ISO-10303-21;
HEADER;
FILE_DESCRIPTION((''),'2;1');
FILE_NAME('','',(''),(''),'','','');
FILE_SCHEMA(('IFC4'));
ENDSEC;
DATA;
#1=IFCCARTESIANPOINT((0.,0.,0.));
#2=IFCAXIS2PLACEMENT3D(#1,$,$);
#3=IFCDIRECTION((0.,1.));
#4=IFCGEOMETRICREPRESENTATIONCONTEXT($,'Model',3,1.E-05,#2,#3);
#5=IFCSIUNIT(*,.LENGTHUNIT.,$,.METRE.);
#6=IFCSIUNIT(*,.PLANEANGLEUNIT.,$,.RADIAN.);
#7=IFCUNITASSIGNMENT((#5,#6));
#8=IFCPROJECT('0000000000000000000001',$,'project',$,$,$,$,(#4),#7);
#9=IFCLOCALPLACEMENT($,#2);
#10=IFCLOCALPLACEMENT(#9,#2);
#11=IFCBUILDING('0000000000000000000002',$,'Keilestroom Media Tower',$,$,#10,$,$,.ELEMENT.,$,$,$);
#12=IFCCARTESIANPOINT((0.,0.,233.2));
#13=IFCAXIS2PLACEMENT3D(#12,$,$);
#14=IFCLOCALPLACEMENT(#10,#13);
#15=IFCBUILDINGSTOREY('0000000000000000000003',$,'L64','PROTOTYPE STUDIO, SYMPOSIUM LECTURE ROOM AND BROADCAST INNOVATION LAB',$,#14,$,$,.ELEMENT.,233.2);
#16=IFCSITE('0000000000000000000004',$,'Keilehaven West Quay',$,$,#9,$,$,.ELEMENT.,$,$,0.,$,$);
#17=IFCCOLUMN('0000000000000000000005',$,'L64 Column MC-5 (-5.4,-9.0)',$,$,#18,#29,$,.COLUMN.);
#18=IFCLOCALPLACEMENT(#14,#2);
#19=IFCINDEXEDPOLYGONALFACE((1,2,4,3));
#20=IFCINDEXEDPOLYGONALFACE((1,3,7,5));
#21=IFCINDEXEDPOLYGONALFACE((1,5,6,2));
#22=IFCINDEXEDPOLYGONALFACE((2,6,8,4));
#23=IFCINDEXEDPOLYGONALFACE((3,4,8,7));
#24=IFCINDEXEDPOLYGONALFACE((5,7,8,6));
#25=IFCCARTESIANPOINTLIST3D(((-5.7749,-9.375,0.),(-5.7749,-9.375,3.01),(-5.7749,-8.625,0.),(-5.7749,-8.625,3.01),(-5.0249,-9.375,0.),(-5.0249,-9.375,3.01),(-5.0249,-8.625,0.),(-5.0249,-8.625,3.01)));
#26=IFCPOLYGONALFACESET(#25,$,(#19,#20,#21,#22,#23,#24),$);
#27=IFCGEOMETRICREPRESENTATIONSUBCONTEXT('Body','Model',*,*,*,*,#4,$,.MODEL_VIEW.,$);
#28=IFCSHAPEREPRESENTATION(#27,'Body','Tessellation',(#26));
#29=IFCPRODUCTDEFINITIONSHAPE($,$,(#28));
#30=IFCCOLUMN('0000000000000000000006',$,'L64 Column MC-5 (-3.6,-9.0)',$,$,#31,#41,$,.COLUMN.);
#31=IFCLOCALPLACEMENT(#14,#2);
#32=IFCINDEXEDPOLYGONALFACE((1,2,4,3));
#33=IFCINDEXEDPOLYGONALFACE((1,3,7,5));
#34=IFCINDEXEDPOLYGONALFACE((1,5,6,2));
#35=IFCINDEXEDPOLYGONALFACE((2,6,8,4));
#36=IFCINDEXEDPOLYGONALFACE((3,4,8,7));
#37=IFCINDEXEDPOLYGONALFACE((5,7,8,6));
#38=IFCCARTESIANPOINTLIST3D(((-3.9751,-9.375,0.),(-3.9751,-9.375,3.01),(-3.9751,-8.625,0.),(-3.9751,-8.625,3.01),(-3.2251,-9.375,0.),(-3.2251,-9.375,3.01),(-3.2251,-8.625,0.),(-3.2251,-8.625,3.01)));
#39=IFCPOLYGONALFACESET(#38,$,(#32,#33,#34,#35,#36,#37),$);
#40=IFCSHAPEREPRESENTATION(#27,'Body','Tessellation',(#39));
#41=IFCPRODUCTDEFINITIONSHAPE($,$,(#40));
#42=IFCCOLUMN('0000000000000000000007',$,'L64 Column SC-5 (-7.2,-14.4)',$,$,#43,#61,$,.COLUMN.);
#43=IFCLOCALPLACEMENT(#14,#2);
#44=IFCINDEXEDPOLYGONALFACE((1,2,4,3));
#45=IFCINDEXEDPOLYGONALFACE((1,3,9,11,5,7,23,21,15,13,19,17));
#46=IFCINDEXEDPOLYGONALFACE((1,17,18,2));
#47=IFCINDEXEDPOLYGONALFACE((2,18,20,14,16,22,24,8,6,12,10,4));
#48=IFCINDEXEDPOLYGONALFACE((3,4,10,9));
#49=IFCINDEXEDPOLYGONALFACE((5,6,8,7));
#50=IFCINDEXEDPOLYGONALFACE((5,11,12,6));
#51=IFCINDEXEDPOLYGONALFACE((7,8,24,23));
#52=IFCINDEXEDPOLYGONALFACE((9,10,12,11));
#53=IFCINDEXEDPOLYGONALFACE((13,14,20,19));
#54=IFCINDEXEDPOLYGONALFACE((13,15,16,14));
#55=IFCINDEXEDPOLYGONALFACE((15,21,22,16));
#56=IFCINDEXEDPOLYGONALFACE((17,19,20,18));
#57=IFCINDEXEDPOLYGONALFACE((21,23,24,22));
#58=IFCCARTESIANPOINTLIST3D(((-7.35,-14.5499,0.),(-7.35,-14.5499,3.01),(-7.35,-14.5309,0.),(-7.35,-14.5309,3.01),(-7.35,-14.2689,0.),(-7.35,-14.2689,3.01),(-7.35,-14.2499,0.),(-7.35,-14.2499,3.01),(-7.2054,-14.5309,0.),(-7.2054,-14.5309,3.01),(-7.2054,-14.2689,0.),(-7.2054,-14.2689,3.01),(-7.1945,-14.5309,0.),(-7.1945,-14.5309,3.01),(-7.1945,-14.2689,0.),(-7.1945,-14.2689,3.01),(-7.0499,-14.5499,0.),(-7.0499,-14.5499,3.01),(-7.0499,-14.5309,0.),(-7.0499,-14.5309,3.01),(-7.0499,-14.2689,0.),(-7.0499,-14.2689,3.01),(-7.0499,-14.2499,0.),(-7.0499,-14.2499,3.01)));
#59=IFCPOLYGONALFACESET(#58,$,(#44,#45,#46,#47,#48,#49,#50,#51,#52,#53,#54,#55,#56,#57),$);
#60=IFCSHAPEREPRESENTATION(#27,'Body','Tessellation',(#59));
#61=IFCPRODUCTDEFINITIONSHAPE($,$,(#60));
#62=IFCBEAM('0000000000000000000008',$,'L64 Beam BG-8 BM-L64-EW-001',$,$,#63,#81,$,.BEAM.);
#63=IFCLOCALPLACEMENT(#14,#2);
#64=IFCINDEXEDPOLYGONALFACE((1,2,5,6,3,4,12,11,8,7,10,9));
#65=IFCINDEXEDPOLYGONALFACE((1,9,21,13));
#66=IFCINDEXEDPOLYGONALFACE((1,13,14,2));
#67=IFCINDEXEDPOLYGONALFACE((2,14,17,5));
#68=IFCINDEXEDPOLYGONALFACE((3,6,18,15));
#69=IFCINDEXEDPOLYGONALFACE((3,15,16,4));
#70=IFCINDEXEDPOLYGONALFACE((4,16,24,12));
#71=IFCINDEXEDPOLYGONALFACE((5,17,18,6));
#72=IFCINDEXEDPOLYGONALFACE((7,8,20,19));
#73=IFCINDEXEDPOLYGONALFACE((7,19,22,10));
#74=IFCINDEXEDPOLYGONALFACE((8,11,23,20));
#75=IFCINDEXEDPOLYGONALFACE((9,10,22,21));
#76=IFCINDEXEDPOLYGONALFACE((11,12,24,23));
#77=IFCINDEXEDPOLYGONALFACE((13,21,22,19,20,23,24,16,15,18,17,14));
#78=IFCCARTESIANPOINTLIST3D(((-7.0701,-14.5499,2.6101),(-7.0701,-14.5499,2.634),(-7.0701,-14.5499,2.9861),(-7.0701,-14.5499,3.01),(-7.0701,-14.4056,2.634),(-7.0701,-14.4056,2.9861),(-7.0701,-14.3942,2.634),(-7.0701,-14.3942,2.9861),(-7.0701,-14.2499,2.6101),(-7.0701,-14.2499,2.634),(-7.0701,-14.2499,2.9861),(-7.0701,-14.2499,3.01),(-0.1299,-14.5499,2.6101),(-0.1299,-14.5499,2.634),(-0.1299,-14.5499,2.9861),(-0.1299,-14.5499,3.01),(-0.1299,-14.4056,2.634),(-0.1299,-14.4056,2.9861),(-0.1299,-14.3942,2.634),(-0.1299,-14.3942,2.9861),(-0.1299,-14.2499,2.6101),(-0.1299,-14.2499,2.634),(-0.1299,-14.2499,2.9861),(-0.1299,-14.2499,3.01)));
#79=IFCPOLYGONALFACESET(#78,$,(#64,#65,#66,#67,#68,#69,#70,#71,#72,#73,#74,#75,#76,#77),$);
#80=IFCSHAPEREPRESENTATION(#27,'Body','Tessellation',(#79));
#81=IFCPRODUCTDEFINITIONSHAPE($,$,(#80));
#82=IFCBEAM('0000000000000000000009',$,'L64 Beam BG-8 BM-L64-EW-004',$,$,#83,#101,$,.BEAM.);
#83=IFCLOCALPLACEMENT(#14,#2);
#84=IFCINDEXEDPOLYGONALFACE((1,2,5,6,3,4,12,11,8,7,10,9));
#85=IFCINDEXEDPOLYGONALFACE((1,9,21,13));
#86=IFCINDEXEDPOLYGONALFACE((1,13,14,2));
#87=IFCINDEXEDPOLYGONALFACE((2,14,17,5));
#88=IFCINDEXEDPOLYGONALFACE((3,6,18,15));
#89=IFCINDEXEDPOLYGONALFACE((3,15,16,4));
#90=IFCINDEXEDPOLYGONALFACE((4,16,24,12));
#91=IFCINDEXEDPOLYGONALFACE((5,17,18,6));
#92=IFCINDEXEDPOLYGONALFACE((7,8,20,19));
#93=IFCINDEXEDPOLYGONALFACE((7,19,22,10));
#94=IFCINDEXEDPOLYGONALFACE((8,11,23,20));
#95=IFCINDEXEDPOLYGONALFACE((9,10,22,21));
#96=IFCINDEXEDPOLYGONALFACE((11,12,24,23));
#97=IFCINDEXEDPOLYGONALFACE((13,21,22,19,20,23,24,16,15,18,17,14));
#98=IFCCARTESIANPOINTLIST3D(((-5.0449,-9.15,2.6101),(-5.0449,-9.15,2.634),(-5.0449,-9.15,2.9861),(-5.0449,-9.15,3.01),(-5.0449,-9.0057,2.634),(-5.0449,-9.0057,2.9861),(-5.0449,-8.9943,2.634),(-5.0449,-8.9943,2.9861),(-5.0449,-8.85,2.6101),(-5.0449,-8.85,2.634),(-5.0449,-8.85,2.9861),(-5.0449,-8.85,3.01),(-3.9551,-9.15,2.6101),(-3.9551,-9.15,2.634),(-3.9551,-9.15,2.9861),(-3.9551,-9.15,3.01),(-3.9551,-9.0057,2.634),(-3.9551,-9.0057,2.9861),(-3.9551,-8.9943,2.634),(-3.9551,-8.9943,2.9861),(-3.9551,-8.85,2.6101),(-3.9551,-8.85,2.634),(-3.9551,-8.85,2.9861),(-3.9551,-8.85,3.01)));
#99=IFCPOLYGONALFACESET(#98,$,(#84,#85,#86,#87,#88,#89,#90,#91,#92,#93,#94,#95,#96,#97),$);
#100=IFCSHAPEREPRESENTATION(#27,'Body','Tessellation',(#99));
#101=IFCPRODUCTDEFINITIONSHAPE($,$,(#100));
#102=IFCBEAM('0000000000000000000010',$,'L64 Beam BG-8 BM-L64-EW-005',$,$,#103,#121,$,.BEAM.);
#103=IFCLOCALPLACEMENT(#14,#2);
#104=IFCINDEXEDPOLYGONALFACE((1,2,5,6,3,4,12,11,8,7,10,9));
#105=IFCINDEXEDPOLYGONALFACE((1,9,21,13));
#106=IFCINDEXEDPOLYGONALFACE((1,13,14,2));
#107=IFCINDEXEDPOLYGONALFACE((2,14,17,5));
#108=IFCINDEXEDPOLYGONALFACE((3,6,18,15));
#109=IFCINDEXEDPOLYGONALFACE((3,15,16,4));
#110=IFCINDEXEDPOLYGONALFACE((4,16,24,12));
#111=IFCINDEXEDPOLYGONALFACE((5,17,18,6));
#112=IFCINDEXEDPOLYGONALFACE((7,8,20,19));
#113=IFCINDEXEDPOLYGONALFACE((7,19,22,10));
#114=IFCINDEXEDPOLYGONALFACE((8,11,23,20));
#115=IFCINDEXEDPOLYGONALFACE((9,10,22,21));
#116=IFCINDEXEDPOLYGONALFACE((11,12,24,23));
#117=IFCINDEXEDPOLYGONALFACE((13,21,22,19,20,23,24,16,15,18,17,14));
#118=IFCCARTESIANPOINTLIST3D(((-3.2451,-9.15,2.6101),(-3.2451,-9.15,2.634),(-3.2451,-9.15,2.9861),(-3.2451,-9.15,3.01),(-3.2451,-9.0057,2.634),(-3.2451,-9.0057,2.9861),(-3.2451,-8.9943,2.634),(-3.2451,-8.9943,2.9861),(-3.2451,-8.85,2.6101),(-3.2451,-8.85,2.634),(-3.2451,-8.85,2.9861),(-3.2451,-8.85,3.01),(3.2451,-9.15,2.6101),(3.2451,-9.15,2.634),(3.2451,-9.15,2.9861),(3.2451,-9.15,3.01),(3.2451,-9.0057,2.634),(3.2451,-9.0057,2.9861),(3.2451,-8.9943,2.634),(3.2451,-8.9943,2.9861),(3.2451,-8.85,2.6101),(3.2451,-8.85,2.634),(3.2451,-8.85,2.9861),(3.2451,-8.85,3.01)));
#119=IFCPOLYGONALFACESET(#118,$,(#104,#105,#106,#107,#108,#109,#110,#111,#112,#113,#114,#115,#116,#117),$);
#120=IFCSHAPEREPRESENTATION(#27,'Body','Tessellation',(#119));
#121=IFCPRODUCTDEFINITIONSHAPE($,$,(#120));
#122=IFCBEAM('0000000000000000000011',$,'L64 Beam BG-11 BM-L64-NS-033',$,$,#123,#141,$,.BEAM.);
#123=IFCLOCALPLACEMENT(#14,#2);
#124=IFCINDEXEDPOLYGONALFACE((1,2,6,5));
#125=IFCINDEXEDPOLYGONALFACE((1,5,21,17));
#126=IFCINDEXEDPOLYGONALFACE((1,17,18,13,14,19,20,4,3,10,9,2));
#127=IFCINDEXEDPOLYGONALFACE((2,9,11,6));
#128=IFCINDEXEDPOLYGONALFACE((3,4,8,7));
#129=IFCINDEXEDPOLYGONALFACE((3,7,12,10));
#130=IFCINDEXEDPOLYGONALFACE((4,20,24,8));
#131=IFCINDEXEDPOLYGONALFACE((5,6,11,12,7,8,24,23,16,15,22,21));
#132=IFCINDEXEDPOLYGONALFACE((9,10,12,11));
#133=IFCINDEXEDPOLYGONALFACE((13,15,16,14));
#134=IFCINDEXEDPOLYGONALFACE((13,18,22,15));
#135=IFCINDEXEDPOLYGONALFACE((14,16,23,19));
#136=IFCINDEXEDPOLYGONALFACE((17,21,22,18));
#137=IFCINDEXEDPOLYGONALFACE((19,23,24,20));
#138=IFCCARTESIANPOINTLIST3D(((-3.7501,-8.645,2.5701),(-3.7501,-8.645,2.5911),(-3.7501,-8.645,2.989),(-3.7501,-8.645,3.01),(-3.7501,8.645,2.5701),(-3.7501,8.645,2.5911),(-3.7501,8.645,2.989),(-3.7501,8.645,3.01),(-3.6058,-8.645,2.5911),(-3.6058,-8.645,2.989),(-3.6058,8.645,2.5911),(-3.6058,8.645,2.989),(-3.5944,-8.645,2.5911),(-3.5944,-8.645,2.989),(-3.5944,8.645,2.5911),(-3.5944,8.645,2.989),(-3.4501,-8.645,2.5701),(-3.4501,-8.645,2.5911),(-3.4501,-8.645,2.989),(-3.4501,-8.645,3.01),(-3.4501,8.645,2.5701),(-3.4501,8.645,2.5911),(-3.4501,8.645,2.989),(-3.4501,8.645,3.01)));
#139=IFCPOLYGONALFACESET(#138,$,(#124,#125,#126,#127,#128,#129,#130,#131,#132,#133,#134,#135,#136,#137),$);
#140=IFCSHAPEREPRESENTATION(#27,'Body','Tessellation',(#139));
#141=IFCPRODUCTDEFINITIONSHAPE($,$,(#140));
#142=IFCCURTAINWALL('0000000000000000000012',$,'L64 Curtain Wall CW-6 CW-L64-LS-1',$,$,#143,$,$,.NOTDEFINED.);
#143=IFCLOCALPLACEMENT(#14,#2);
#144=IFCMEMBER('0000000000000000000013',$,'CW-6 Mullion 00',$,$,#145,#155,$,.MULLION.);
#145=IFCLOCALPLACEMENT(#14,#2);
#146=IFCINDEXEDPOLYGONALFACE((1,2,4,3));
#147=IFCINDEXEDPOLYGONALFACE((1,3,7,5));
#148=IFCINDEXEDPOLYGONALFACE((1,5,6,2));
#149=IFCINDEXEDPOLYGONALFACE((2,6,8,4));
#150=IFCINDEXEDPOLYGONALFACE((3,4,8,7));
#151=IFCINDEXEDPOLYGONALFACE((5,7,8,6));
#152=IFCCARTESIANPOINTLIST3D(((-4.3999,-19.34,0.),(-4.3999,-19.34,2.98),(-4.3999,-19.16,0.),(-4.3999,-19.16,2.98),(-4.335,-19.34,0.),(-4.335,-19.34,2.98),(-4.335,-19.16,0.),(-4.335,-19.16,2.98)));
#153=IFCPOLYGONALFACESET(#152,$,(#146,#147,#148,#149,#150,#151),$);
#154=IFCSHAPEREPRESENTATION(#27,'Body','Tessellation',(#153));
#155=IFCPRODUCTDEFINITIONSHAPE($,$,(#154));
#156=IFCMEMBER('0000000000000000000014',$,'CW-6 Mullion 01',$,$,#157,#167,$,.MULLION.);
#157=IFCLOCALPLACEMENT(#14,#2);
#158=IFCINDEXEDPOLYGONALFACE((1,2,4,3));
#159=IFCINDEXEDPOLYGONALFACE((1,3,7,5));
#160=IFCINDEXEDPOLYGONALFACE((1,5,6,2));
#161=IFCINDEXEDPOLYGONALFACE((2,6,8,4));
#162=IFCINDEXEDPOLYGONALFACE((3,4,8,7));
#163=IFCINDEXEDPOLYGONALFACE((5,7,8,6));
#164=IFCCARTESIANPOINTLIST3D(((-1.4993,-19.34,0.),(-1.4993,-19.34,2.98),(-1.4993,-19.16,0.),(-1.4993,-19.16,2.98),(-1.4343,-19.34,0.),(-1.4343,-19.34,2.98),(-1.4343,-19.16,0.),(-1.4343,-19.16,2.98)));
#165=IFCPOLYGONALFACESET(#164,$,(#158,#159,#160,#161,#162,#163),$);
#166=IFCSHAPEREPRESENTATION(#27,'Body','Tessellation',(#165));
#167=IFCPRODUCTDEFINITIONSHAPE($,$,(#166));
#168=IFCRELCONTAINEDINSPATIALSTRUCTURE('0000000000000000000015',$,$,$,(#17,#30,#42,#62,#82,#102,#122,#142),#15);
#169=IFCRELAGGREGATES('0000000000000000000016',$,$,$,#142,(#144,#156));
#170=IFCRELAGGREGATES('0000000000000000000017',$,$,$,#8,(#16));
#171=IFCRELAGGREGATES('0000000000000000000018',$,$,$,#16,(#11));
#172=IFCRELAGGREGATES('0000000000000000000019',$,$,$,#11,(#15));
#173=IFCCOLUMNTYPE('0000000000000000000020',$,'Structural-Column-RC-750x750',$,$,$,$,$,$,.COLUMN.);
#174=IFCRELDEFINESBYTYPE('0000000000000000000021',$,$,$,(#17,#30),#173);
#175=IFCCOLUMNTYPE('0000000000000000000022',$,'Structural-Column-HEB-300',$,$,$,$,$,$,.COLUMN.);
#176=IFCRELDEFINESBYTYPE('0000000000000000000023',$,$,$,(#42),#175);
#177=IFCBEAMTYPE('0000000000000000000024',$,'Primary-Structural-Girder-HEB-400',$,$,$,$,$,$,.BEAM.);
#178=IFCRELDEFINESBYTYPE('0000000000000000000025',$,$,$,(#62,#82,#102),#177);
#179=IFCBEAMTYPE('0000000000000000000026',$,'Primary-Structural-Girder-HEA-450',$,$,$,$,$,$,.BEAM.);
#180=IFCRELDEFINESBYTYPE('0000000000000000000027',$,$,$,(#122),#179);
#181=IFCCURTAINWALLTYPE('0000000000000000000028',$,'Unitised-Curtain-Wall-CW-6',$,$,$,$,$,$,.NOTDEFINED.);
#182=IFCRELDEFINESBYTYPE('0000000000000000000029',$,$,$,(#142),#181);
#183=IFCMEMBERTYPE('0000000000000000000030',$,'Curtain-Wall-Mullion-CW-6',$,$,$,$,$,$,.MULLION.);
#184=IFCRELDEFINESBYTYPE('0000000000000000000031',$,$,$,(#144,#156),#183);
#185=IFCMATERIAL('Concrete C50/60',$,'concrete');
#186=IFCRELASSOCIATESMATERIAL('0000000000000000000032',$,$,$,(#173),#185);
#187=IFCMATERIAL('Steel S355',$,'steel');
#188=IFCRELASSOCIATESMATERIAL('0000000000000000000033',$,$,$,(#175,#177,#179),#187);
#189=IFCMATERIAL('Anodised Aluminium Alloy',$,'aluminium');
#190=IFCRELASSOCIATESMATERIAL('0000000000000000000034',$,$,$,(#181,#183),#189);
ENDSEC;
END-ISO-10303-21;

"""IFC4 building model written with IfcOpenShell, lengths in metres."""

from ifc_helpers import new_model, si_unit, direction, frame, origin, origin_2d, place, context, subcontext, project, spatial, rectangle, i_section, extrude, source, transform, mapped, material, material_profile, profile_set, type_object, element, aggregate, save


model = new_model("IFC4")

# Units and contexts
model_context = context("Model", 3, precision=1e-05, world=origin(), true_north=direction((0.0, 1.0)))
body_context = subcontext(model_context, "Body", "Model", "MODEL_VIEW")
ifc_project = project(units=[si_unit("LENGTHUNIT", "METRE"), si_unit("PLANEANGLEUNIT", "RADIAN")], contexts=[model_context])

# Site, building, storey
site_placement = place(None, origin())
site = spatial("IfcSite", under=ifc_project, at=site_placement, Name="Keilehaven West Quay", CompositionType="ELEMENT", RefElevation=0.0)
building_placement = place(site_placement, origin())
building = spatial("IfcBuilding", under=site, at=building_placement, Name="Keilestroom Media Tower", CompositionType="ELEMENT")
storey_placement = place(building_placement, frame((0.0, 0.0, 233.2)))
storey = spatial("IfcBuildingStorey", under=building, at=storey_placement, Name="L64", Description="PROTOTYPE STUDIO, SYMPOSIUM LECTURE ROOM AND BROADCAST INNOVATION LAB", CompositionType="ELEMENT", Elevation=233.2)

# Columns
ifc_material_1 = material(Name="Concrete C50/60", Category="concrete")
ifc_material_profile_1 = material_profile(ifc_material_1, rectangle(XDim=0.75, YDim=0.75, at=origin_2d()), Name="RC 750x750")
ifc_profile_set_1 = profile_set([ifc_material_profile_1], Name="Concrete C50/60")
column_type_1 = type_object("IfcColumnType", Name="Structural-Column-RC-750x750", PredefinedType="COLUMN", material=ifc_profile_set_1)
shared_shape_1 = source(origin(), body_context, "Body", "SweptSolid", [
    extrude(rectangle(XDim=0.75, YDim=0.75, at=origin_2d()), origin(), (0.0, 0.0, 1.0), 3.01),
])
for number, where, z_axis, x_axis, name in (
    (1, (-5.3999, -9.0, 0.0), (0.0, 0.0, 1.0), (1.0, 0.0, 0.0), "L64 Column MC-5 (-5.4,-9.0)"),
    (2, (-3.6001, -9.0, 0.0), (0.0, 0.0, 1.0), (1.0, 0.0, 0.0), "L64 Column MC-5 (-3.6,-9.0)"),
):
    element("IfcColumn", number, at=place(storey_placement, frame(where, z_axis=z_axis, x_axis=x_axis)), inside=storey, type_object=column_type_1, Name=name, PredefinedType="COLUMN", context=body_context, shape_type="MappedRepresentation", body=[
        mapped(shared_shape_1, transform((0.0, 0.0, 0.0), x_axis=(1.0, 0.0, 0.0), y_axis=(0.0, 1.0, 0.0), z_axis=(0.0, 0.0, 1.0), scale=1.0)),
    ])
ifc_material_2 = material(Name="Steel S355", Category="steel")
ifc_material_profile_2 = material_profile(ifc_material_2, i_section(OverallWidth=0.3, OverallDepth=0.3, WebThickness=0.011, FlangeThickness=0.019, at=origin_2d()), Name="HEB 300")
ifc_profile_set_2 = profile_set([ifc_material_profile_2], Name="Steel S355")
column_type_2 = type_object("IfcColumnType", Name="Structural-Column-HEB-300", PredefinedType="COLUMN", material=ifc_profile_set_2)
shared_shape_2 = source(origin(), body_context, "Body", "SweptSolid", [
    extrude(i_section(OverallWidth=0.3, OverallDepth=0.3, WebThickness=0.011, FlangeThickness=0.019, at=origin_2d()), origin(), (0.0, 0.0, 1.0), 3.01),
])
column_placement = place(storey_placement, frame((-7.2, -14.3999, 0.0), z_axis=(0.0, 0.0, 1.0), x_axis=(1.0, 0.0, 0.0)))
element("IfcColumn", 3, at=column_placement, inside=storey, type_object=column_type_2, Name="L64 Column SC-5 (-7.2,-14.4)", PredefinedType="COLUMN", context=body_context, shape_type="MappedRepresentation", body=[
    mapped(shared_shape_2, transform((0.0, 0.0, 0.0), x_axis=(1.0, 0.0, 0.0), y_axis=(0.0, 1.0, 0.0), z_axis=(0.0, 0.0, 1.0), scale=1.0)),
])

# Beams
ifc_material_profile_3 = material_profile(ifc_material_2, i_section(OverallWidth=0.3, OverallDepth=0.3999, WebThickness=0.0115, FlangeThickness=0.0239, at=origin_2d()), Name="HEB 400")
ifc_profile_set_3 = profile_set([ifc_material_profile_3], Name="Steel S355")
beam_type_1 = type_object("IfcBeamType", Name="Primary-Structural-Girder-HEB-400", PredefinedType="BEAM", material=ifc_profile_set_3)
shared_shape_3 = source(origin(), body_context, "Body", "SweptSolid", [
    extrude(i_section(OverallWidth=0.3, OverallDepth=0.3999, WebThickness=0.0115, FlangeThickness=0.0239, at=origin_2d()), origin(), (0.0, 0.0, 1.0), 6.9402),
])
beam_1_placement = place(storey_placement, frame((-7.0701, -14.3999, 2.8101), z_axis=(1.0, 0.0, 0.0), x_axis=(0.0, 1.0, 0.0)))
element("IfcBeam", 4, at=beam_1_placement, inside=storey, type_object=beam_type_1, Name="L64 Beam BG-8 BM-L64-EW-001", PredefinedType="BEAM", context=body_context, shape_type="MappedRepresentation", body=[
    mapped(shared_shape_3, transform((0.0, 0.0, 0.0), x_axis=(1.0, 0.0, 0.0), y_axis=(0.0, 1.0, 0.0), z_axis=(0.0, 0.0, 1.0), scale=1.0)),
])
shared_shape_4 = source(origin(), body_context, "Body", "SweptSolid", [
    extrude(i_section(OverallWidth=0.3, OverallDepth=0.3999, WebThickness=0.0115, FlangeThickness=0.0239, at=origin_2d()), origin(), (0.0, 0.0, 1.0), 1.0898),
])
beam_2_placement = place(storey_placement, frame((-5.0449, -9.0, 2.8101), z_axis=(1.0, 0.0, 0.0), x_axis=(0.0, 1.0, 0.0)))
element("IfcBeam", 5, at=beam_2_placement, inside=storey, type_object=beam_type_1, Name="L64 Beam BG-8 BM-L64-EW-004", PredefinedType="BEAM", context=body_context, shape_type="MappedRepresentation", body=[
    mapped(shared_shape_4, transform((0.0, 0.0, 0.0), x_axis=(1.0, 0.0, 0.0), y_axis=(0.0, 1.0, 0.0), z_axis=(0.0, 0.0, 1.0), scale=1.0)),
])
shared_shape_5 = source(origin(), body_context, "Body", "SweptSolid", [
    extrude(i_section(OverallWidth=0.3, OverallDepth=0.3999, WebThickness=0.0115, FlangeThickness=0.0239, at=origin_2d()), origin(), (0.0, 0.0, 1.0), 6.4902),
])
beam_3_placement = place(storey_placement, frame((-3.2451, -9.0, 2.8101), z_axis=(1.0, 0.0, 0.0), x_axis=(0.0, 1.0, 0.0)))
element("IfcBeam", 6, at=beam_3_placement, inside=storey, type_object=beam_type_1, Name="L64 Beam BG-8 BM-L64-EW-005", PredefinedType="BEAM", context=body_context, shape_type="MappedRepresentation", body=[
    mapped(shared_shape_5, transform((0.0, 0.0, 0.0), x_axis=(1.0, 0.0, 0.0), y_axis=(0.0, 1.0, 0.0), z_axis=(0.0, 0.0, 1.0), scale=1.0)),
])
ifc_material_profile_4 = material_profile(ifc_material_2, i_section(OverallWidth=0.3, OverallDepth=0.4399, WebThickness=0.0115, FlangeThickness=0.021, at=origin_2d()), Name="HEA 450")
ifc_profile_set_4 = profile_set([ifc_material_profile_4], Name="Steel S355")
beam_type_2 = type_object("IfcBeamType", Name="Primary-Structural-Girder-HEA-450", PredefinedType="BEAM", material=ifc_profile_set_4)
shared_shape_6 = source(origin(), body_context, "Body", "SweptSolid", [
    extrude(i_section(OverallWidth=0.3, OverallDepth=0.4399, WebThickness=0.0115, FlangeThickness=0.021, at=origin_2d()), origin(), (0.0, 0.0, 1.0), 17.29),
])
beam_4_placement = place(storey_placement, frame((-3.6001, -8.645, 2.79), z_axis=(0.0, 1.0, 0.0), x_axis=(-1.0, 0.0, 0.0)))
element("IfcBeam", 7, at=beam_4_placement, inside=storey, type_object=beam_type_2, Name="L64 Beam BG-11 BM-L64-NS-033", PredefinedType="BEAM", context=body_context, shape_type="MappedRepresentation", body=[
    mapped(shared_shape_6, transform((0.0, 0.0, 0.0), x_axis=(1.0, 0.0, 0.0), y_axis=(0.0, 1.0, 0.0), z_axis=(0.0, 0.0, 1.0), scale=1.0)),
])

# Curtain wall, members
ifc_material_3 = material(Name="Anodised Aluminium Alloy", Category="aluminium")
curtain_wall_type = type_object("IfcCurtainWallType", Name="Unitised-Curtain-Wall-CW-6", PredefinedType="NOTDEFINED", material=ifc_material_3)
curtain_wall_placement = place(storey_placement, origin())
curtain_wall = element("IfcCurtainWall", 8, at=curtain_wall_placement, inside=storey, type_object=curtain_wall_type, Name="L64 Curtain Wall CW-6 CW-L64-LS-1", PredefinedType="NOTDEFINED")
ifc_material_profile_5 = material_profile(ifc_material_3, rectangle(XDim=0.0649, YDim=0.1799, at=origin_2d()), Name="ALU MULLION 65x180")
ifc_profile_set_5 = profile_set([ifc_material_profile_5], Name="Anodised Aluminium Alloy")
member_type_1 = type_object("IfcMemberType", Name="Curtain-Wall-Mullion-CW-6", PredefinedType="MULLION", material=ifc_profile_set_5)
shared_shape_7 = source(origin(), body_context, "Body", "SweptSolid", [
    extrude(rectangle(XDim=0.0649, YDim=0.1799, at=origin_2d()), origin(), (0.0, 0.0, 1.0), 2.98),
])
member_1_placement = place(storey_placement, frame((-4.3674, -19.25, 0.0), z_axis=(0.0, 0.0, 1.0), x_axis=(1.0, 0.0, 0.0)))
member_1 = element("IfcMember", 9, at=member_1_placement, type_object=member_type_1, Name="CW-6 Mullion 00", PredefinedType="MULLION", context=body_context, shape_type="MappedRepresentation", body=[
    mapped(shared_shape_7, transform((0.0, 0.0, 0.0), x_axis=(1.0, 0.0, 0.0), y_axis=(0.0, 1.0, 0.0), z_axis=(0.0, 0.0, 1.0), scale=1.0)),
])
member_2_placement = place(storey_placement, frame((-1.4668, -19.25, 0.0), z_axis=(0.0, 0.0, 1.0), x_axis=(1.0, 0.0, 0.0)))
member_2 = element("IfcMember", 10, at=member_2_placement, type_object=member_type_1, Name="CW-6 Mullion 01", PredefinedType="MULLION", context=body_context, shape_type="MappedRepresentation", body=[
    mapped(shared_shape_7, transform((0.0, 0.0, 0.0), x_axis=(1.0, 0.0, 0.0), y_axis=(0.0, 1.0, 0.0), z_axis=(0.0, 0.0, 1.0), scale=1.0)),
])
aggregate(curtain_wall, [member_1, member_2])

save(model, "model.ifc")
